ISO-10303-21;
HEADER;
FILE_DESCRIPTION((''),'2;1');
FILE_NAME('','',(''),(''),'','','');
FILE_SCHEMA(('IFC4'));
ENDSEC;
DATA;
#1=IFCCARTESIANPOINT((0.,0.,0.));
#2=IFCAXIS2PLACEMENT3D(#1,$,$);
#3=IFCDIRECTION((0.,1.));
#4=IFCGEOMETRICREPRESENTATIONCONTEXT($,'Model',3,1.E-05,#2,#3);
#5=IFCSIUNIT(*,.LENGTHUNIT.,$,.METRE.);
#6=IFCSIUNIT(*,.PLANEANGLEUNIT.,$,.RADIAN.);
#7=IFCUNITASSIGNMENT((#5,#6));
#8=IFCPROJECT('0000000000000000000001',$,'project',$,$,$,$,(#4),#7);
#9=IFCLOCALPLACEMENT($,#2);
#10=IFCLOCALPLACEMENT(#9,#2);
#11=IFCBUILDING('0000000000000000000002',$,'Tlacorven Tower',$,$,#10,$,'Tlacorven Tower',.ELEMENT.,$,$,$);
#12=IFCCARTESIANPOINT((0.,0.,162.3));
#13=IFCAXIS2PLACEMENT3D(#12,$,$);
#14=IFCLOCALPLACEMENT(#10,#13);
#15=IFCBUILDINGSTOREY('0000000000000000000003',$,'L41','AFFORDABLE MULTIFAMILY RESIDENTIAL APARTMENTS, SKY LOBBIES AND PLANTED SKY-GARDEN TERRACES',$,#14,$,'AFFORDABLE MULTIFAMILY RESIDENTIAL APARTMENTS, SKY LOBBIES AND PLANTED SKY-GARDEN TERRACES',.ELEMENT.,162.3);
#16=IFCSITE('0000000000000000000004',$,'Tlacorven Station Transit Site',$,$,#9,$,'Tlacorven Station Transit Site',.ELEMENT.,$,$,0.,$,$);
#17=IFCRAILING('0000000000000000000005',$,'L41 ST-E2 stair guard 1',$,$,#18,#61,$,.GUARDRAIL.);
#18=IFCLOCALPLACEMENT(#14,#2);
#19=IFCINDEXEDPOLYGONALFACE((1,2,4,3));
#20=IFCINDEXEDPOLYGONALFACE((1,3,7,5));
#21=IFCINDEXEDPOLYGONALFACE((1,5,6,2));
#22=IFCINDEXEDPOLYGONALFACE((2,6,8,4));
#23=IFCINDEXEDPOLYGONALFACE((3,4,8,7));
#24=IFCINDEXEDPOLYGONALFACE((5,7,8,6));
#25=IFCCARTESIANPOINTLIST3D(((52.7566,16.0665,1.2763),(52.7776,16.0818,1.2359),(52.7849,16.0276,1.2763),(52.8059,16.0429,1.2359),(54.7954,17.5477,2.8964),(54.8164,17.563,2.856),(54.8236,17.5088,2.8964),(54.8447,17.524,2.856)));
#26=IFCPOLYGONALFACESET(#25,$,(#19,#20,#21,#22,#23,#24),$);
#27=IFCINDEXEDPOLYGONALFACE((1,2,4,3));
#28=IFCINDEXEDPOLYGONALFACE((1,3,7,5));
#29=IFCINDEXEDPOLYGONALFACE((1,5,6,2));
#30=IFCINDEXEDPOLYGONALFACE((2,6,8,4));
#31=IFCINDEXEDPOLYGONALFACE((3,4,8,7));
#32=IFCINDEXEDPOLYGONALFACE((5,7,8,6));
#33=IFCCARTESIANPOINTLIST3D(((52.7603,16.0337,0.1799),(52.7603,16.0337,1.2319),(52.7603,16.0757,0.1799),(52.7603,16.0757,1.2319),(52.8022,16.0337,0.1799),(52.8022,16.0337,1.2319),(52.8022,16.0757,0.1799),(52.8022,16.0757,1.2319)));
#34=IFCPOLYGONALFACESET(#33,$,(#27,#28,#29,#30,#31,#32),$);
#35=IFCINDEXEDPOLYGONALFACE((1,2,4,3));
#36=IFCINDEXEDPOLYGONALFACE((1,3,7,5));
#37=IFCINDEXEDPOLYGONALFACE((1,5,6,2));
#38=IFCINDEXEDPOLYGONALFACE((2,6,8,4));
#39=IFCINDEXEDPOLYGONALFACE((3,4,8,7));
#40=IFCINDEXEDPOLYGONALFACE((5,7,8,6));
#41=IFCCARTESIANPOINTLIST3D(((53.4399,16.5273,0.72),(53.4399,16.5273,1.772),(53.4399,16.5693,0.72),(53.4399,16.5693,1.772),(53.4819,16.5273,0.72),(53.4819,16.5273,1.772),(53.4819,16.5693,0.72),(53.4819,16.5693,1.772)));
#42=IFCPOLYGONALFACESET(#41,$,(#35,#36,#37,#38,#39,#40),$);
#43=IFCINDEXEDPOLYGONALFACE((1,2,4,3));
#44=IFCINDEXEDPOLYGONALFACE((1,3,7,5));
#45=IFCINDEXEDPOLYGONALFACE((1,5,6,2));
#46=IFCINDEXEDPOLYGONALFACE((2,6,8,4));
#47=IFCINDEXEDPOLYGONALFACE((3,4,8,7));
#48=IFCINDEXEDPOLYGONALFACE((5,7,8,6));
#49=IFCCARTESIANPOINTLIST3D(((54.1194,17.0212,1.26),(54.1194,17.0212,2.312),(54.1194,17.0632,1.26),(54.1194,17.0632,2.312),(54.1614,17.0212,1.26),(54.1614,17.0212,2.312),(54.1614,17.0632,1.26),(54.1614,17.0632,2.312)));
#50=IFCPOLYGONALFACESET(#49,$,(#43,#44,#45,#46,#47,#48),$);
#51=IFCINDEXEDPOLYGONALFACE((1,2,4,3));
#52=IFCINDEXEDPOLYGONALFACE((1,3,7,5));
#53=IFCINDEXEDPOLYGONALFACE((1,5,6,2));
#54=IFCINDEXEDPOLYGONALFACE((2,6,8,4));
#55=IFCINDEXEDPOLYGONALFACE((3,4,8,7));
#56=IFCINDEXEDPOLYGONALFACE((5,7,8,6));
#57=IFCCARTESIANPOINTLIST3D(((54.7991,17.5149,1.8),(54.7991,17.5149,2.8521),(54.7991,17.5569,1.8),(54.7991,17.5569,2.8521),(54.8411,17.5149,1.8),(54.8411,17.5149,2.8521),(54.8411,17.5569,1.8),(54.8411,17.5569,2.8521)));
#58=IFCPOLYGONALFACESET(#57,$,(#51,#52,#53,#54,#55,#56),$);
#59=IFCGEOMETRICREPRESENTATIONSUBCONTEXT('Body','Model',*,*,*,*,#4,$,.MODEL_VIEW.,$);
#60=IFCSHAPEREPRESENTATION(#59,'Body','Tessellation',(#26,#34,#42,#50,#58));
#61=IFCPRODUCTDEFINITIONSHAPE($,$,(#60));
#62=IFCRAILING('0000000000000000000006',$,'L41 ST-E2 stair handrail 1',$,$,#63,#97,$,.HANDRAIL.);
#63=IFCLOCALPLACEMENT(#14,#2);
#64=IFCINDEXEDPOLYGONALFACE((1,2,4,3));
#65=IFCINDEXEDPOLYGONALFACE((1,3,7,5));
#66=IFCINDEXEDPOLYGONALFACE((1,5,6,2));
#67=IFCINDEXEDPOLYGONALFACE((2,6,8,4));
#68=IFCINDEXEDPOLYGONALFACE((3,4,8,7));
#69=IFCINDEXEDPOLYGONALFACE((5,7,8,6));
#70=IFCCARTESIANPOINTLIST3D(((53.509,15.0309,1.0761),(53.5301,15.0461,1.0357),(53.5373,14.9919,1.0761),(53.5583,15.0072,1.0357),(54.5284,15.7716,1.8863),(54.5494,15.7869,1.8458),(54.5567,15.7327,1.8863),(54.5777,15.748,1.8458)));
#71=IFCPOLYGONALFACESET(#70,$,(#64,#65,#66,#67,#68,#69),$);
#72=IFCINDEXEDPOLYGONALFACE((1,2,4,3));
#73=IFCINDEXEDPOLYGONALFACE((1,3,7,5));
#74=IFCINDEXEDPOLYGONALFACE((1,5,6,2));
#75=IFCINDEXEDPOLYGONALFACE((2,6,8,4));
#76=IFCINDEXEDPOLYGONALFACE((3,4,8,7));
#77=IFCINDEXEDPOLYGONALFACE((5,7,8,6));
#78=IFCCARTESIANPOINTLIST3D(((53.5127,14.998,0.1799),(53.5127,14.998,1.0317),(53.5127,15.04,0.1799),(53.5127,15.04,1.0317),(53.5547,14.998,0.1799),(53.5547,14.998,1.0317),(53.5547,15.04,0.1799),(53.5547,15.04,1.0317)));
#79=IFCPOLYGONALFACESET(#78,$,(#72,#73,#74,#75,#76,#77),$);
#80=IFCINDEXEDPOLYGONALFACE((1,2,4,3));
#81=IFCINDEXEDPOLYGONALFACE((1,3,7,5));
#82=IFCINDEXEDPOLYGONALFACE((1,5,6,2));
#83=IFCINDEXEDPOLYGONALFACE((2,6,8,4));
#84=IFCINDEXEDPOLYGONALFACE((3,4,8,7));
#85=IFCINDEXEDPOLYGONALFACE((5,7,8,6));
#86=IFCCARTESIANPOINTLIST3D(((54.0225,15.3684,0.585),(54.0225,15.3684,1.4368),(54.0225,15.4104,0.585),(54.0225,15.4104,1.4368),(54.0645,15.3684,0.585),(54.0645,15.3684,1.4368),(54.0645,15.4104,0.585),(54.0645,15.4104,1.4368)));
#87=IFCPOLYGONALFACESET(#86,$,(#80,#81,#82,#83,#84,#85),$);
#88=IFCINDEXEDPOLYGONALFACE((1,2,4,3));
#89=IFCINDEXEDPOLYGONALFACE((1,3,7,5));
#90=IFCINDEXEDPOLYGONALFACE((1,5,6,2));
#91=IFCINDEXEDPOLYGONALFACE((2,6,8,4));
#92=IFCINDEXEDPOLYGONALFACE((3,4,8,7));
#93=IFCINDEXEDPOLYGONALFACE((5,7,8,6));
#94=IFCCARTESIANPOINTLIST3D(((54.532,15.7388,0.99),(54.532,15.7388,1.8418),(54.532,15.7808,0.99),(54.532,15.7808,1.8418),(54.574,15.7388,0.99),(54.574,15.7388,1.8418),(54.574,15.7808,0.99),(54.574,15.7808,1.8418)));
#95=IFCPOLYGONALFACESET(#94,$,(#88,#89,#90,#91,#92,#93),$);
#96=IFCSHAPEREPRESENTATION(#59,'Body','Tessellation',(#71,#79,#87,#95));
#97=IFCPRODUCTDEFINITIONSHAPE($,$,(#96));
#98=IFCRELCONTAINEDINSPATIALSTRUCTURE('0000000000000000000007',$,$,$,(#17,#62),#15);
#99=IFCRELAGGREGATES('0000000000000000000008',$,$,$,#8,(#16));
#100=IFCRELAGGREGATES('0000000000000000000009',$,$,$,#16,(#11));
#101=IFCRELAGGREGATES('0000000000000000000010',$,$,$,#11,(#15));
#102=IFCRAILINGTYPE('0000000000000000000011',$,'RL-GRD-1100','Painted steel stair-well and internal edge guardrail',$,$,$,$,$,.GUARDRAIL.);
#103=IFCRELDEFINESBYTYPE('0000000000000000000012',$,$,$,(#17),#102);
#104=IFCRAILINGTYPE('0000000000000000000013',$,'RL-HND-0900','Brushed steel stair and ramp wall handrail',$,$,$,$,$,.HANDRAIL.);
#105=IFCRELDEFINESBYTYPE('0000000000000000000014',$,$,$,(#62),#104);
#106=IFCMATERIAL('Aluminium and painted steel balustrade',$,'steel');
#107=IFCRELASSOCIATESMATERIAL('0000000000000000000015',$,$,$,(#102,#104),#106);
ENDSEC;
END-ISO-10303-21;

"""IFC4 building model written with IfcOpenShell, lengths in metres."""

from ifc_helpers import new_model, si_unit, direction, frame, origin, origin_2d, place, context, subcontext, project, spatial, rectangle, extrude, source, transform, mapped, material, type_object, element, save


model = new_model("IFC4")

# Units and contexts
model_context = context("Model", 3, precision=1e-05, world=origin(), true_north=direction((0.0, 1.0)))
body_context = subcontext(model_context, "Body", "Model", "MODEL_VIEW")
ifc_project = project(units=[si_unit("LENGTHUNIT", "METRE"), si_unit("PLANEANGLEUNIT", "RADIAN")], contexts=[model_context])

# Site, building, storey
site_placement = place(None, origin())
site = spatial("IfcSite", under=ifc_project, at=site_placement, Name="Tlacorven Station Transit Site", LongName="Tlacorven Station Transit Site", CompositionType="ELEMENT", RefElevation=0.0)
building_placement = place(site_placement, origin())
building = spatial("IfcBuilding", under=site, at=building_placement, Name="Tlacorven Tower", LongName="Tlacorven Tower", CompositionType="ELEMENT")
storey_placement = place(building_placement, frame((0.0, 0.0, 162.3)))
storey = spatial("IfcBuildingStorey", under=building, at=storey_placement, Name="L41", Description="AFFORDABLE MULTIFAMILY RESIDENTIAL APARTMENTS, SKY LOBBIES AND PLANTED SKY-GARDEN TERRACES", LongName="AFFORDABLE MULTIFAMILY RESIDENTIAL APARTMENTS, SKY LOBBIES AND PLANTED SKY-GARDEN TERRACES", CompositionType="ELEMENT", Elevation=162.3)

# Railings
ifc_material_1 = material(Name="Aluminium and painted steel balustrade", Category="steel")
railing_type_1 = type_object("IfcRailingType", Name="RL-GRD-1100", Description="Painted steel stair-well and internal edge guardrail", PredefinedType="GUARDRAIL", material=ifc_material_1)
railing_type_2 = type_object("IfcRailingType", Name="RL-HND-0900", Description="Brushed steel stair and ramp wall handrail", PredefinedType="HANDRAIL", material=ifc_material_1)
shared_shape_1 = source(origin(), body_context, "Body", "SweptSolid", [
    extrude(rectangle(XDim=0.0481, YDim=0.0481, at=origin_2d()), frame((0.0, 0.0, 1.0762), z_axis=(0.680532, 0.494407, 0.540775), x_axis=(-0.587763, 0.809033, 0.0)), (0.0, 0.0, 1.0), 2.9958),
    extrude(rectangle(XDim=0.042, YDim=0.042, at=origin_2d()), origin(), (0.0, 0.0, 1.0), 1.052),
    extrude(rectangle(XDim=0.042, YDim=0.042, at=origin_2d()), frame((0.6797, 0.4937, 0.54)), (0.0, 0.0, 1.0), 1.052),
    extrude(rectangle(XDim=0.042, YDim=0.042, at=origin_2d()), frame((1.3591, 0.9875, 1.0801)), (0.0, 0.0, 1.0), 1.052),
    extrude(rectangle(XDim=0.042, YDim=0.042, at=origin_2d()), frame((2.0388, 1.4812, 1.6201)), (0.0, 0.0, 1.0), 1.052),
])
railing_1_placement = place(storey_placement, frame((52.7812, 16.0547, 0.1799)))
element("IfcRailing", 1, at=railing_1_placement, inside=storey, type_object=railing_type_1, Name="L41 ST-E2 stair guard 1", PredefinedType="GUARDRAIL", context=body_context, shape_type="MappedRepresentation", body=[
    mapped(shared_shape_1, transform((0.0, 0.0, 0.0), scale=1.0)),
])
shared_shape_2 = source(origin(), body_context, "Body", "SweptSolid", [
    extrude(rectangle(XDim=0.0481, YDim=0.0481, at=origin_2d()), frame((0.0, 0.0, 0.876), z_axis=(0.680461, 0.494496, 0.540783), x_axis=(-0.587872, 0.808954, 0.0)), (0.0, 0.0, 1.0), 1.498),
    extrude(rectangle(XDim=0.042, YDim=0.042, at=origin_2d()), origin(), (0.0, 0.0, 1.0), 0.8518),
    extrude(rectangle(XDim=0.042, YDim=0.042, at=origin_2d()), frame((0.5098, 0.3704, 0.405)), (0.0, 0.0, 1.0), 0.8518),
    extrude(rectangle(XDim=0.042, YDim=0.042, at=origin_2d()), frame((1.0193, 0.7407, 0.8101)), (0.0, 0.0, 1.0), 0.8518),
])
railing_2_placement = place(storey_placement, frame((53.5337, 15.019, 0.1799)))
element("IfcRailing", 2, at=railing_2_placement, inside=storey, type_object=railing_type_2, Name="L41 ST-E2 stair handrail 1", PredefinedType="HANDRAIL", context=body_context, shape_type="MappedRepresentation", body=[
    mapped(shared_shape_2, transform((0.0, 0.0, 0.0), scale=1.0)),
])

save(model, "model.ifc")
